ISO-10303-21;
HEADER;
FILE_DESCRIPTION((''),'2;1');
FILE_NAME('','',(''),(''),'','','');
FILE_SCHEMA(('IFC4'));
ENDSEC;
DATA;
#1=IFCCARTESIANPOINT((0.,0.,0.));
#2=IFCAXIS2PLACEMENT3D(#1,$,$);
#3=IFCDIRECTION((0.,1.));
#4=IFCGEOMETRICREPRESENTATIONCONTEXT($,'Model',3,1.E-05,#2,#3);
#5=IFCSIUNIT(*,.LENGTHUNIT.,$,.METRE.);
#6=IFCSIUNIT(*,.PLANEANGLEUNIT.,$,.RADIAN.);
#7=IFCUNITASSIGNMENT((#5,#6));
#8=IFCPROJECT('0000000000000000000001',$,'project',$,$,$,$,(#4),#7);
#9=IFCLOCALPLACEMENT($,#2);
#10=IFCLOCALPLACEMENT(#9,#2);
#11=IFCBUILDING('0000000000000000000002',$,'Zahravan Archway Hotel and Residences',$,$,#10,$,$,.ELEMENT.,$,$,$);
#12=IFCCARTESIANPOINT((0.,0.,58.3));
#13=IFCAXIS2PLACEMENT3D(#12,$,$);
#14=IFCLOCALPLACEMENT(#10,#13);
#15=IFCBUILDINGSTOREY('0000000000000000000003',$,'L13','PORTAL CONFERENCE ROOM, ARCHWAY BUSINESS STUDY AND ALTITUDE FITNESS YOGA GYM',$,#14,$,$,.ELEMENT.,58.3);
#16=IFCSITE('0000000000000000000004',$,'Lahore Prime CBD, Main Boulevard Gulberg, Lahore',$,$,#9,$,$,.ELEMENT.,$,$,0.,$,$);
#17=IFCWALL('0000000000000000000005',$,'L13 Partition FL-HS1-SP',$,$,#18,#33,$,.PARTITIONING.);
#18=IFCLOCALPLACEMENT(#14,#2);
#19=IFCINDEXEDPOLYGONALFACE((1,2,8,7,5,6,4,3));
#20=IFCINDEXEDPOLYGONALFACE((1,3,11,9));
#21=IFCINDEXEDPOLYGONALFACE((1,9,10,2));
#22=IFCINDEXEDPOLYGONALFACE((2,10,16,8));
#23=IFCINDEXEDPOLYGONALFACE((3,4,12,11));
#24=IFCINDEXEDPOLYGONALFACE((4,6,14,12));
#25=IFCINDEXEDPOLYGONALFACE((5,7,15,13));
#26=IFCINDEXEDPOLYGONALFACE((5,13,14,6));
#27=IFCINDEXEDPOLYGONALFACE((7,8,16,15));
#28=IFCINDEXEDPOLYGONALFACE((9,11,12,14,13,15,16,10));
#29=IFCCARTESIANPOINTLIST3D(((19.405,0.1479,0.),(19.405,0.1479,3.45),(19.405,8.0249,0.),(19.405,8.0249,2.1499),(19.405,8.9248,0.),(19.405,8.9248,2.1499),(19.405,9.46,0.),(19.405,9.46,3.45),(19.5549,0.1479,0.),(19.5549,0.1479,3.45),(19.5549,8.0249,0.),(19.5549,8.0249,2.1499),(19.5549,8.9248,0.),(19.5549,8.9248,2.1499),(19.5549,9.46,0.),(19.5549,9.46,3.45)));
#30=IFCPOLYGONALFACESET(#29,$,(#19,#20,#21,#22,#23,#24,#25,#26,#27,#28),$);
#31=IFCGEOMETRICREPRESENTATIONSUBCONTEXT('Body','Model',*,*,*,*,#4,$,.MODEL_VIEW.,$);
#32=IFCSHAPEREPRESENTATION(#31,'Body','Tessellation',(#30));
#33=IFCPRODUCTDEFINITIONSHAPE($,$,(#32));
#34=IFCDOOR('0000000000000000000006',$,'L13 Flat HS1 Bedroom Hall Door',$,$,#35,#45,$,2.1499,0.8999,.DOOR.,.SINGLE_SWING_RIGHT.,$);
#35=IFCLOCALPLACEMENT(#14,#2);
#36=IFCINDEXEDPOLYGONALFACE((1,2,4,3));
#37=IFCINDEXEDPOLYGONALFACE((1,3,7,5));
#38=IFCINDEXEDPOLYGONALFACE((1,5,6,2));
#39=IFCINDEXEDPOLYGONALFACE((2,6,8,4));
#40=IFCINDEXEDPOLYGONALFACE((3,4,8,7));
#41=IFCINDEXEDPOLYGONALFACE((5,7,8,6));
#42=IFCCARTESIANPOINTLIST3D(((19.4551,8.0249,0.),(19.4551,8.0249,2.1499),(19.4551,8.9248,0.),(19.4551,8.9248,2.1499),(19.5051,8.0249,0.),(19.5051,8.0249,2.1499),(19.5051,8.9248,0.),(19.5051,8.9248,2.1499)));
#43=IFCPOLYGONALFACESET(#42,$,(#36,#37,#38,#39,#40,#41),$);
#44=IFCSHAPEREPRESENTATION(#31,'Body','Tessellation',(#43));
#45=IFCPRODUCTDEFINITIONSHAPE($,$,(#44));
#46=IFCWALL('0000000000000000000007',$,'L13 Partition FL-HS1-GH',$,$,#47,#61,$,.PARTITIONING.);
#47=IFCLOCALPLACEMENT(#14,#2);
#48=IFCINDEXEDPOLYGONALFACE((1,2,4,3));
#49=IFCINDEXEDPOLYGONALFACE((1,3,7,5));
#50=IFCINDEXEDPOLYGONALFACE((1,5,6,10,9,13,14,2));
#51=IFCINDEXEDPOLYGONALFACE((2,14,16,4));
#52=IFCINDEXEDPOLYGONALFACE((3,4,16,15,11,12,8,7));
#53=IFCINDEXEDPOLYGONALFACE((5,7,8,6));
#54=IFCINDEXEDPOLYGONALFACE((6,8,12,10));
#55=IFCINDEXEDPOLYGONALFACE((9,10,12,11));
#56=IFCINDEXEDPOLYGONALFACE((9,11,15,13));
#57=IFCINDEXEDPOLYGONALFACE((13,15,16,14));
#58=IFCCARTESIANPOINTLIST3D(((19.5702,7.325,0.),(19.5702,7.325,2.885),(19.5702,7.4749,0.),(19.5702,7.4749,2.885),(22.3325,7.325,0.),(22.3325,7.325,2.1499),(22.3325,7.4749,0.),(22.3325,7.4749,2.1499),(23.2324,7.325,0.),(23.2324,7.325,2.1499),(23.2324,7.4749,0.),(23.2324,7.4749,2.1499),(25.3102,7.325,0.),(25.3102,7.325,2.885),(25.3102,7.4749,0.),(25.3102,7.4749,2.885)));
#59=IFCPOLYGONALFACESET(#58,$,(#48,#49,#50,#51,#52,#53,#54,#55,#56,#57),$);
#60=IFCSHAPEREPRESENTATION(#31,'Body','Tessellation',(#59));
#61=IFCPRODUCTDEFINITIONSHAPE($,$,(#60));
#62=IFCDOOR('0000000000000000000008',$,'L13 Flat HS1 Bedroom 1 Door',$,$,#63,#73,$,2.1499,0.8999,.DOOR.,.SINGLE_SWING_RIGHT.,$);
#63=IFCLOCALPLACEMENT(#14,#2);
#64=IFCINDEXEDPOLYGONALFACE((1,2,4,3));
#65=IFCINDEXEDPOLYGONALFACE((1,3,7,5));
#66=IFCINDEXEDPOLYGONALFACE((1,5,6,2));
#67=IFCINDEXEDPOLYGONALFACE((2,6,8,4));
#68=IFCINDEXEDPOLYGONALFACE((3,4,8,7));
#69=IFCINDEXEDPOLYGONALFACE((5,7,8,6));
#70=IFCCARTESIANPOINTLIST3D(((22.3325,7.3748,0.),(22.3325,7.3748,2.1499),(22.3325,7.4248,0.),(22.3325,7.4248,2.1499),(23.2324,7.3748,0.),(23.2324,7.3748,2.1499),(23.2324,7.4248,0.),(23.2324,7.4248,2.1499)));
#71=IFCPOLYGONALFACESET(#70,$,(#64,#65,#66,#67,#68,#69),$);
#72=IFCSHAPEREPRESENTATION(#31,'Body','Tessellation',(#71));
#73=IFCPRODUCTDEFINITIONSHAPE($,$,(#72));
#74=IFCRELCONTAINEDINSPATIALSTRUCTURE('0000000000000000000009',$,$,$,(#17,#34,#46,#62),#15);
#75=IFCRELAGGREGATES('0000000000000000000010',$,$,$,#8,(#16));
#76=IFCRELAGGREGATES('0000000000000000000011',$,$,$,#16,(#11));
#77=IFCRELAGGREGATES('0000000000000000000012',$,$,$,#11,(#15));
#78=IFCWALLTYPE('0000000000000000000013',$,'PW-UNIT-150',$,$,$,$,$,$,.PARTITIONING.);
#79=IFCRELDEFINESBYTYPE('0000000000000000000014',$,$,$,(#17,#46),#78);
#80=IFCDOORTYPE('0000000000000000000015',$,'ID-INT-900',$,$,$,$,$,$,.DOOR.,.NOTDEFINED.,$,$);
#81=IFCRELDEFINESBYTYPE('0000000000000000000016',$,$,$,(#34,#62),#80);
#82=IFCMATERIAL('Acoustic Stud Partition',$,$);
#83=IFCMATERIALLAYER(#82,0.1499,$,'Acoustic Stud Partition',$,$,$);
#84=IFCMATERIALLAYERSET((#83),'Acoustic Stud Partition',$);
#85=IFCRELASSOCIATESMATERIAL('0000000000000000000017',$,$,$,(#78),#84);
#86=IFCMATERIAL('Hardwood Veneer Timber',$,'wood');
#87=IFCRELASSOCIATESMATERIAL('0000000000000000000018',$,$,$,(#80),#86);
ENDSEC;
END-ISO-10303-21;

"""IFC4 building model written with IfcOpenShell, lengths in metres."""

from ifc_helpers import new_model, si_unit, direction, frame, frame_2d, origin, place, context, subcontext, project, spatial, rectangle, extrude, source, transform, mapped, material, layer, layer_set, type_object, type_shapes, element, fill, save


model = new_model("IFC4")

# Units and contexts
model_context = context("Model", 3, precision=1e-05, world=origin(), true_north=direction((0.0, 1.0)))
body_context = subcontext(model_context, "Body", "Model", "MODEL_VIEW")
ifc_project = project(units=[si_unit("LENGTHUNIT", "METRE"), si_unit("PLANEANGLEUNIT", "RADIAN")], contexts=[model_context])

# Site, building, storey
site_placement = place(None, origin())
site = spatial("IfcSite", under=ifc_project, at=site_placement, Name="Lahore Prime CBD, Main Boulevard Gulberg, Lahore", CompositionType="ELEMENT", RefElevation=0.0)
building_placement = place(site_placement, origin())
building = spatial("IfcBuilding", under=site, at=building_placement, Name="Zahravan Archway Hotel and Residences", CompositionType="ELEMENT")
storey_placement = place(building_placement, frame((0.0, 0.0, 58.3)))
storey = spatial("IfcBuildingStorey", under=building, at=storey_placement, Name="L13", Description="PORTAL CONFERENCE ROOM, ARCHWAY BUSINESS STUDY AND ALTITUDE FITNESS YOGA GYM", CompositionType="ELEMENT", Elevation=58.3)

# Walls, openings, doors
ifc_material_1 = material(Name="Acoustic Stud Partition")
ifc_layer_1 = layer(ifc_material_1, 0.1499, Name="Acoustic Stud Partition")
ifc_layer_set_1 = layer_set([ifc_layer_1], Name="Acoustic Stud Partition")
wall_type_1 = type_object("IfcWallType", Name="PW-UNIT-150", PredefinedType="PARTITIONING", material=ifc_layer_set_1)
wall_1_placement = place(storey_placement, frame((19.48, 0.1479, 0.0), z_axis=(0.0, 0.0, 1.0), x_axis=(0.0, 1.0, 0.0)))
wall_1 = element("IfcWall", 1, at=wall_1_placement, inside=storey, type_object=wall_type_1, Name="L13 Partition FL-HS1-SP", PredefinedType="PARTITIONING", context=body_context, shape_type="SweptSolid", body=[
    extrude(rectangle(XDim=9.312, YDim=0.1499, at=frame_2d((4.656, 0.0))), origin(), (0.0, 0.0, 1.0), 3.45),
])
opening_1_placement = place(wall_1_placement, frame((7.877, 0.0, 0.0)))
opening_1 = element("IfcOpeningElement", 2, at=opening_1_placement, cuts=wall_1, PredefinedType="OPENING", context=body_context, shape_type="SweptSolid", body=[
    extrude(rectangle(XDim=0.8999, YDim=2.1499, at=frame_2d((0.45, 1.075))), frame((0.0, 0.085, 0.0), z_axis=(0.0, -1.0, 0.0), x_axis=(1.0, 0.0, 0.0)), (0.0, 0.0, 1.0), 0.1699),
])
ifc_material_2 = material(Name="Hardwood Veneer Timber", Category="wood")
door_type = type_object("IfcDoorType", Name="ID-INT-900", OperationType="NOTDEFINED", PredefinedType="DOOR", material=ifc_material_2)
shared_shape_1 = source(origin(), body_context, "Body", "SweptSolid", [
    extrude(rectangle(XDim=0.8999, YDim=2.1499, at=frame_2d((0.45, 1.075))), frame((0.0, 0.0249, 0.0), z_axis=(0.0, -1.0, 0.0), x_axis=(1.0, 0.0, 0.0)), (0.0, 0.0, 1.0), 0.05),
])
type_shapes(door_type, [shared_shape_1])
door_1_placement = place(opening_1_placement, origin())
door_1 = element("IfcDoor", 3, at=door_1_placement, inside=storey, type_object=door_type, Name="L13 Flat HS1 Bedroom Hall Door", OperationType="SINGLE_SWING_RIGHT", OverallHeight=2.1499, OverallWidth=0.8999, PredefinedType="DOOR", context=body_context, shape_type="MappedRepresentation", body=[
    mapped(shared_shape_1, transform((0.0, 0.0, 0.0), scale=1.0)),
])
fill(opening_1, door_1)
wall_2_placement = place(storey_placement, frame((19.5701, 7.3999, 0.0), z_axis=(0.0, 0.0, 1.0), x_axis=(1.0, 0.0, 0.0)))
wall_2 = element("IfcWall", 4, at=wall_2_placement, inside=storey, type_object=wall_type_1, Name="L13 Partition FL-HS1-GH", PredefinedType="PARTITIONING", context=body_context, shape_type="SweptSolid", body=[
    extrude(rectangle(XDim=5.74, YDim=0.1499, at=frame_2d((2.8701, 0.0))), origin(), (0.0, 0.0, 1.0), 2.885),
])
opening_2_placement = place(wall_2_placement, frame((2.7625, 0.0, 0.0)))
opening_2 = element("IfcOpeningElement", 5, at=opening_2_placement, cuts=wall_2, PredefinedType="OPENING", context=body_context, shape_type="SweptSolid", body=[
    extrude(rectangle(XDim=0.8999, YDim=2.1499, at=frame_2d((0.45, 1.075))), frame((0.0, 0.085, 0.0), z_axis=(0.0, -1.0, 0.0), x_axis=(1.0, 0.0, 0.0)), (0.0, 0.0, 1.0), 0.1699),
])
door_2_placement = place(opening_2_placement, origin())
door_2 = element("IfcDoor", 6, at=door_2_placement, inside=storey, type_object=door_type, Name="L13 Flat HS1 Bedroom 1 Door", OperationType="SINGLE_SWING_RIGHT", OverallHeight=2.1499, OverallWidth=0.8999, PredefinedType="DOOR", context=body_context, shape_type="MappedRepresentation", body=[
    mapped(shared_shape_1, transform((0.0, 0.0, 0.0), scale=1.0)),
])
fill(opening_2, door_2)

save(model, "model.ifc")
